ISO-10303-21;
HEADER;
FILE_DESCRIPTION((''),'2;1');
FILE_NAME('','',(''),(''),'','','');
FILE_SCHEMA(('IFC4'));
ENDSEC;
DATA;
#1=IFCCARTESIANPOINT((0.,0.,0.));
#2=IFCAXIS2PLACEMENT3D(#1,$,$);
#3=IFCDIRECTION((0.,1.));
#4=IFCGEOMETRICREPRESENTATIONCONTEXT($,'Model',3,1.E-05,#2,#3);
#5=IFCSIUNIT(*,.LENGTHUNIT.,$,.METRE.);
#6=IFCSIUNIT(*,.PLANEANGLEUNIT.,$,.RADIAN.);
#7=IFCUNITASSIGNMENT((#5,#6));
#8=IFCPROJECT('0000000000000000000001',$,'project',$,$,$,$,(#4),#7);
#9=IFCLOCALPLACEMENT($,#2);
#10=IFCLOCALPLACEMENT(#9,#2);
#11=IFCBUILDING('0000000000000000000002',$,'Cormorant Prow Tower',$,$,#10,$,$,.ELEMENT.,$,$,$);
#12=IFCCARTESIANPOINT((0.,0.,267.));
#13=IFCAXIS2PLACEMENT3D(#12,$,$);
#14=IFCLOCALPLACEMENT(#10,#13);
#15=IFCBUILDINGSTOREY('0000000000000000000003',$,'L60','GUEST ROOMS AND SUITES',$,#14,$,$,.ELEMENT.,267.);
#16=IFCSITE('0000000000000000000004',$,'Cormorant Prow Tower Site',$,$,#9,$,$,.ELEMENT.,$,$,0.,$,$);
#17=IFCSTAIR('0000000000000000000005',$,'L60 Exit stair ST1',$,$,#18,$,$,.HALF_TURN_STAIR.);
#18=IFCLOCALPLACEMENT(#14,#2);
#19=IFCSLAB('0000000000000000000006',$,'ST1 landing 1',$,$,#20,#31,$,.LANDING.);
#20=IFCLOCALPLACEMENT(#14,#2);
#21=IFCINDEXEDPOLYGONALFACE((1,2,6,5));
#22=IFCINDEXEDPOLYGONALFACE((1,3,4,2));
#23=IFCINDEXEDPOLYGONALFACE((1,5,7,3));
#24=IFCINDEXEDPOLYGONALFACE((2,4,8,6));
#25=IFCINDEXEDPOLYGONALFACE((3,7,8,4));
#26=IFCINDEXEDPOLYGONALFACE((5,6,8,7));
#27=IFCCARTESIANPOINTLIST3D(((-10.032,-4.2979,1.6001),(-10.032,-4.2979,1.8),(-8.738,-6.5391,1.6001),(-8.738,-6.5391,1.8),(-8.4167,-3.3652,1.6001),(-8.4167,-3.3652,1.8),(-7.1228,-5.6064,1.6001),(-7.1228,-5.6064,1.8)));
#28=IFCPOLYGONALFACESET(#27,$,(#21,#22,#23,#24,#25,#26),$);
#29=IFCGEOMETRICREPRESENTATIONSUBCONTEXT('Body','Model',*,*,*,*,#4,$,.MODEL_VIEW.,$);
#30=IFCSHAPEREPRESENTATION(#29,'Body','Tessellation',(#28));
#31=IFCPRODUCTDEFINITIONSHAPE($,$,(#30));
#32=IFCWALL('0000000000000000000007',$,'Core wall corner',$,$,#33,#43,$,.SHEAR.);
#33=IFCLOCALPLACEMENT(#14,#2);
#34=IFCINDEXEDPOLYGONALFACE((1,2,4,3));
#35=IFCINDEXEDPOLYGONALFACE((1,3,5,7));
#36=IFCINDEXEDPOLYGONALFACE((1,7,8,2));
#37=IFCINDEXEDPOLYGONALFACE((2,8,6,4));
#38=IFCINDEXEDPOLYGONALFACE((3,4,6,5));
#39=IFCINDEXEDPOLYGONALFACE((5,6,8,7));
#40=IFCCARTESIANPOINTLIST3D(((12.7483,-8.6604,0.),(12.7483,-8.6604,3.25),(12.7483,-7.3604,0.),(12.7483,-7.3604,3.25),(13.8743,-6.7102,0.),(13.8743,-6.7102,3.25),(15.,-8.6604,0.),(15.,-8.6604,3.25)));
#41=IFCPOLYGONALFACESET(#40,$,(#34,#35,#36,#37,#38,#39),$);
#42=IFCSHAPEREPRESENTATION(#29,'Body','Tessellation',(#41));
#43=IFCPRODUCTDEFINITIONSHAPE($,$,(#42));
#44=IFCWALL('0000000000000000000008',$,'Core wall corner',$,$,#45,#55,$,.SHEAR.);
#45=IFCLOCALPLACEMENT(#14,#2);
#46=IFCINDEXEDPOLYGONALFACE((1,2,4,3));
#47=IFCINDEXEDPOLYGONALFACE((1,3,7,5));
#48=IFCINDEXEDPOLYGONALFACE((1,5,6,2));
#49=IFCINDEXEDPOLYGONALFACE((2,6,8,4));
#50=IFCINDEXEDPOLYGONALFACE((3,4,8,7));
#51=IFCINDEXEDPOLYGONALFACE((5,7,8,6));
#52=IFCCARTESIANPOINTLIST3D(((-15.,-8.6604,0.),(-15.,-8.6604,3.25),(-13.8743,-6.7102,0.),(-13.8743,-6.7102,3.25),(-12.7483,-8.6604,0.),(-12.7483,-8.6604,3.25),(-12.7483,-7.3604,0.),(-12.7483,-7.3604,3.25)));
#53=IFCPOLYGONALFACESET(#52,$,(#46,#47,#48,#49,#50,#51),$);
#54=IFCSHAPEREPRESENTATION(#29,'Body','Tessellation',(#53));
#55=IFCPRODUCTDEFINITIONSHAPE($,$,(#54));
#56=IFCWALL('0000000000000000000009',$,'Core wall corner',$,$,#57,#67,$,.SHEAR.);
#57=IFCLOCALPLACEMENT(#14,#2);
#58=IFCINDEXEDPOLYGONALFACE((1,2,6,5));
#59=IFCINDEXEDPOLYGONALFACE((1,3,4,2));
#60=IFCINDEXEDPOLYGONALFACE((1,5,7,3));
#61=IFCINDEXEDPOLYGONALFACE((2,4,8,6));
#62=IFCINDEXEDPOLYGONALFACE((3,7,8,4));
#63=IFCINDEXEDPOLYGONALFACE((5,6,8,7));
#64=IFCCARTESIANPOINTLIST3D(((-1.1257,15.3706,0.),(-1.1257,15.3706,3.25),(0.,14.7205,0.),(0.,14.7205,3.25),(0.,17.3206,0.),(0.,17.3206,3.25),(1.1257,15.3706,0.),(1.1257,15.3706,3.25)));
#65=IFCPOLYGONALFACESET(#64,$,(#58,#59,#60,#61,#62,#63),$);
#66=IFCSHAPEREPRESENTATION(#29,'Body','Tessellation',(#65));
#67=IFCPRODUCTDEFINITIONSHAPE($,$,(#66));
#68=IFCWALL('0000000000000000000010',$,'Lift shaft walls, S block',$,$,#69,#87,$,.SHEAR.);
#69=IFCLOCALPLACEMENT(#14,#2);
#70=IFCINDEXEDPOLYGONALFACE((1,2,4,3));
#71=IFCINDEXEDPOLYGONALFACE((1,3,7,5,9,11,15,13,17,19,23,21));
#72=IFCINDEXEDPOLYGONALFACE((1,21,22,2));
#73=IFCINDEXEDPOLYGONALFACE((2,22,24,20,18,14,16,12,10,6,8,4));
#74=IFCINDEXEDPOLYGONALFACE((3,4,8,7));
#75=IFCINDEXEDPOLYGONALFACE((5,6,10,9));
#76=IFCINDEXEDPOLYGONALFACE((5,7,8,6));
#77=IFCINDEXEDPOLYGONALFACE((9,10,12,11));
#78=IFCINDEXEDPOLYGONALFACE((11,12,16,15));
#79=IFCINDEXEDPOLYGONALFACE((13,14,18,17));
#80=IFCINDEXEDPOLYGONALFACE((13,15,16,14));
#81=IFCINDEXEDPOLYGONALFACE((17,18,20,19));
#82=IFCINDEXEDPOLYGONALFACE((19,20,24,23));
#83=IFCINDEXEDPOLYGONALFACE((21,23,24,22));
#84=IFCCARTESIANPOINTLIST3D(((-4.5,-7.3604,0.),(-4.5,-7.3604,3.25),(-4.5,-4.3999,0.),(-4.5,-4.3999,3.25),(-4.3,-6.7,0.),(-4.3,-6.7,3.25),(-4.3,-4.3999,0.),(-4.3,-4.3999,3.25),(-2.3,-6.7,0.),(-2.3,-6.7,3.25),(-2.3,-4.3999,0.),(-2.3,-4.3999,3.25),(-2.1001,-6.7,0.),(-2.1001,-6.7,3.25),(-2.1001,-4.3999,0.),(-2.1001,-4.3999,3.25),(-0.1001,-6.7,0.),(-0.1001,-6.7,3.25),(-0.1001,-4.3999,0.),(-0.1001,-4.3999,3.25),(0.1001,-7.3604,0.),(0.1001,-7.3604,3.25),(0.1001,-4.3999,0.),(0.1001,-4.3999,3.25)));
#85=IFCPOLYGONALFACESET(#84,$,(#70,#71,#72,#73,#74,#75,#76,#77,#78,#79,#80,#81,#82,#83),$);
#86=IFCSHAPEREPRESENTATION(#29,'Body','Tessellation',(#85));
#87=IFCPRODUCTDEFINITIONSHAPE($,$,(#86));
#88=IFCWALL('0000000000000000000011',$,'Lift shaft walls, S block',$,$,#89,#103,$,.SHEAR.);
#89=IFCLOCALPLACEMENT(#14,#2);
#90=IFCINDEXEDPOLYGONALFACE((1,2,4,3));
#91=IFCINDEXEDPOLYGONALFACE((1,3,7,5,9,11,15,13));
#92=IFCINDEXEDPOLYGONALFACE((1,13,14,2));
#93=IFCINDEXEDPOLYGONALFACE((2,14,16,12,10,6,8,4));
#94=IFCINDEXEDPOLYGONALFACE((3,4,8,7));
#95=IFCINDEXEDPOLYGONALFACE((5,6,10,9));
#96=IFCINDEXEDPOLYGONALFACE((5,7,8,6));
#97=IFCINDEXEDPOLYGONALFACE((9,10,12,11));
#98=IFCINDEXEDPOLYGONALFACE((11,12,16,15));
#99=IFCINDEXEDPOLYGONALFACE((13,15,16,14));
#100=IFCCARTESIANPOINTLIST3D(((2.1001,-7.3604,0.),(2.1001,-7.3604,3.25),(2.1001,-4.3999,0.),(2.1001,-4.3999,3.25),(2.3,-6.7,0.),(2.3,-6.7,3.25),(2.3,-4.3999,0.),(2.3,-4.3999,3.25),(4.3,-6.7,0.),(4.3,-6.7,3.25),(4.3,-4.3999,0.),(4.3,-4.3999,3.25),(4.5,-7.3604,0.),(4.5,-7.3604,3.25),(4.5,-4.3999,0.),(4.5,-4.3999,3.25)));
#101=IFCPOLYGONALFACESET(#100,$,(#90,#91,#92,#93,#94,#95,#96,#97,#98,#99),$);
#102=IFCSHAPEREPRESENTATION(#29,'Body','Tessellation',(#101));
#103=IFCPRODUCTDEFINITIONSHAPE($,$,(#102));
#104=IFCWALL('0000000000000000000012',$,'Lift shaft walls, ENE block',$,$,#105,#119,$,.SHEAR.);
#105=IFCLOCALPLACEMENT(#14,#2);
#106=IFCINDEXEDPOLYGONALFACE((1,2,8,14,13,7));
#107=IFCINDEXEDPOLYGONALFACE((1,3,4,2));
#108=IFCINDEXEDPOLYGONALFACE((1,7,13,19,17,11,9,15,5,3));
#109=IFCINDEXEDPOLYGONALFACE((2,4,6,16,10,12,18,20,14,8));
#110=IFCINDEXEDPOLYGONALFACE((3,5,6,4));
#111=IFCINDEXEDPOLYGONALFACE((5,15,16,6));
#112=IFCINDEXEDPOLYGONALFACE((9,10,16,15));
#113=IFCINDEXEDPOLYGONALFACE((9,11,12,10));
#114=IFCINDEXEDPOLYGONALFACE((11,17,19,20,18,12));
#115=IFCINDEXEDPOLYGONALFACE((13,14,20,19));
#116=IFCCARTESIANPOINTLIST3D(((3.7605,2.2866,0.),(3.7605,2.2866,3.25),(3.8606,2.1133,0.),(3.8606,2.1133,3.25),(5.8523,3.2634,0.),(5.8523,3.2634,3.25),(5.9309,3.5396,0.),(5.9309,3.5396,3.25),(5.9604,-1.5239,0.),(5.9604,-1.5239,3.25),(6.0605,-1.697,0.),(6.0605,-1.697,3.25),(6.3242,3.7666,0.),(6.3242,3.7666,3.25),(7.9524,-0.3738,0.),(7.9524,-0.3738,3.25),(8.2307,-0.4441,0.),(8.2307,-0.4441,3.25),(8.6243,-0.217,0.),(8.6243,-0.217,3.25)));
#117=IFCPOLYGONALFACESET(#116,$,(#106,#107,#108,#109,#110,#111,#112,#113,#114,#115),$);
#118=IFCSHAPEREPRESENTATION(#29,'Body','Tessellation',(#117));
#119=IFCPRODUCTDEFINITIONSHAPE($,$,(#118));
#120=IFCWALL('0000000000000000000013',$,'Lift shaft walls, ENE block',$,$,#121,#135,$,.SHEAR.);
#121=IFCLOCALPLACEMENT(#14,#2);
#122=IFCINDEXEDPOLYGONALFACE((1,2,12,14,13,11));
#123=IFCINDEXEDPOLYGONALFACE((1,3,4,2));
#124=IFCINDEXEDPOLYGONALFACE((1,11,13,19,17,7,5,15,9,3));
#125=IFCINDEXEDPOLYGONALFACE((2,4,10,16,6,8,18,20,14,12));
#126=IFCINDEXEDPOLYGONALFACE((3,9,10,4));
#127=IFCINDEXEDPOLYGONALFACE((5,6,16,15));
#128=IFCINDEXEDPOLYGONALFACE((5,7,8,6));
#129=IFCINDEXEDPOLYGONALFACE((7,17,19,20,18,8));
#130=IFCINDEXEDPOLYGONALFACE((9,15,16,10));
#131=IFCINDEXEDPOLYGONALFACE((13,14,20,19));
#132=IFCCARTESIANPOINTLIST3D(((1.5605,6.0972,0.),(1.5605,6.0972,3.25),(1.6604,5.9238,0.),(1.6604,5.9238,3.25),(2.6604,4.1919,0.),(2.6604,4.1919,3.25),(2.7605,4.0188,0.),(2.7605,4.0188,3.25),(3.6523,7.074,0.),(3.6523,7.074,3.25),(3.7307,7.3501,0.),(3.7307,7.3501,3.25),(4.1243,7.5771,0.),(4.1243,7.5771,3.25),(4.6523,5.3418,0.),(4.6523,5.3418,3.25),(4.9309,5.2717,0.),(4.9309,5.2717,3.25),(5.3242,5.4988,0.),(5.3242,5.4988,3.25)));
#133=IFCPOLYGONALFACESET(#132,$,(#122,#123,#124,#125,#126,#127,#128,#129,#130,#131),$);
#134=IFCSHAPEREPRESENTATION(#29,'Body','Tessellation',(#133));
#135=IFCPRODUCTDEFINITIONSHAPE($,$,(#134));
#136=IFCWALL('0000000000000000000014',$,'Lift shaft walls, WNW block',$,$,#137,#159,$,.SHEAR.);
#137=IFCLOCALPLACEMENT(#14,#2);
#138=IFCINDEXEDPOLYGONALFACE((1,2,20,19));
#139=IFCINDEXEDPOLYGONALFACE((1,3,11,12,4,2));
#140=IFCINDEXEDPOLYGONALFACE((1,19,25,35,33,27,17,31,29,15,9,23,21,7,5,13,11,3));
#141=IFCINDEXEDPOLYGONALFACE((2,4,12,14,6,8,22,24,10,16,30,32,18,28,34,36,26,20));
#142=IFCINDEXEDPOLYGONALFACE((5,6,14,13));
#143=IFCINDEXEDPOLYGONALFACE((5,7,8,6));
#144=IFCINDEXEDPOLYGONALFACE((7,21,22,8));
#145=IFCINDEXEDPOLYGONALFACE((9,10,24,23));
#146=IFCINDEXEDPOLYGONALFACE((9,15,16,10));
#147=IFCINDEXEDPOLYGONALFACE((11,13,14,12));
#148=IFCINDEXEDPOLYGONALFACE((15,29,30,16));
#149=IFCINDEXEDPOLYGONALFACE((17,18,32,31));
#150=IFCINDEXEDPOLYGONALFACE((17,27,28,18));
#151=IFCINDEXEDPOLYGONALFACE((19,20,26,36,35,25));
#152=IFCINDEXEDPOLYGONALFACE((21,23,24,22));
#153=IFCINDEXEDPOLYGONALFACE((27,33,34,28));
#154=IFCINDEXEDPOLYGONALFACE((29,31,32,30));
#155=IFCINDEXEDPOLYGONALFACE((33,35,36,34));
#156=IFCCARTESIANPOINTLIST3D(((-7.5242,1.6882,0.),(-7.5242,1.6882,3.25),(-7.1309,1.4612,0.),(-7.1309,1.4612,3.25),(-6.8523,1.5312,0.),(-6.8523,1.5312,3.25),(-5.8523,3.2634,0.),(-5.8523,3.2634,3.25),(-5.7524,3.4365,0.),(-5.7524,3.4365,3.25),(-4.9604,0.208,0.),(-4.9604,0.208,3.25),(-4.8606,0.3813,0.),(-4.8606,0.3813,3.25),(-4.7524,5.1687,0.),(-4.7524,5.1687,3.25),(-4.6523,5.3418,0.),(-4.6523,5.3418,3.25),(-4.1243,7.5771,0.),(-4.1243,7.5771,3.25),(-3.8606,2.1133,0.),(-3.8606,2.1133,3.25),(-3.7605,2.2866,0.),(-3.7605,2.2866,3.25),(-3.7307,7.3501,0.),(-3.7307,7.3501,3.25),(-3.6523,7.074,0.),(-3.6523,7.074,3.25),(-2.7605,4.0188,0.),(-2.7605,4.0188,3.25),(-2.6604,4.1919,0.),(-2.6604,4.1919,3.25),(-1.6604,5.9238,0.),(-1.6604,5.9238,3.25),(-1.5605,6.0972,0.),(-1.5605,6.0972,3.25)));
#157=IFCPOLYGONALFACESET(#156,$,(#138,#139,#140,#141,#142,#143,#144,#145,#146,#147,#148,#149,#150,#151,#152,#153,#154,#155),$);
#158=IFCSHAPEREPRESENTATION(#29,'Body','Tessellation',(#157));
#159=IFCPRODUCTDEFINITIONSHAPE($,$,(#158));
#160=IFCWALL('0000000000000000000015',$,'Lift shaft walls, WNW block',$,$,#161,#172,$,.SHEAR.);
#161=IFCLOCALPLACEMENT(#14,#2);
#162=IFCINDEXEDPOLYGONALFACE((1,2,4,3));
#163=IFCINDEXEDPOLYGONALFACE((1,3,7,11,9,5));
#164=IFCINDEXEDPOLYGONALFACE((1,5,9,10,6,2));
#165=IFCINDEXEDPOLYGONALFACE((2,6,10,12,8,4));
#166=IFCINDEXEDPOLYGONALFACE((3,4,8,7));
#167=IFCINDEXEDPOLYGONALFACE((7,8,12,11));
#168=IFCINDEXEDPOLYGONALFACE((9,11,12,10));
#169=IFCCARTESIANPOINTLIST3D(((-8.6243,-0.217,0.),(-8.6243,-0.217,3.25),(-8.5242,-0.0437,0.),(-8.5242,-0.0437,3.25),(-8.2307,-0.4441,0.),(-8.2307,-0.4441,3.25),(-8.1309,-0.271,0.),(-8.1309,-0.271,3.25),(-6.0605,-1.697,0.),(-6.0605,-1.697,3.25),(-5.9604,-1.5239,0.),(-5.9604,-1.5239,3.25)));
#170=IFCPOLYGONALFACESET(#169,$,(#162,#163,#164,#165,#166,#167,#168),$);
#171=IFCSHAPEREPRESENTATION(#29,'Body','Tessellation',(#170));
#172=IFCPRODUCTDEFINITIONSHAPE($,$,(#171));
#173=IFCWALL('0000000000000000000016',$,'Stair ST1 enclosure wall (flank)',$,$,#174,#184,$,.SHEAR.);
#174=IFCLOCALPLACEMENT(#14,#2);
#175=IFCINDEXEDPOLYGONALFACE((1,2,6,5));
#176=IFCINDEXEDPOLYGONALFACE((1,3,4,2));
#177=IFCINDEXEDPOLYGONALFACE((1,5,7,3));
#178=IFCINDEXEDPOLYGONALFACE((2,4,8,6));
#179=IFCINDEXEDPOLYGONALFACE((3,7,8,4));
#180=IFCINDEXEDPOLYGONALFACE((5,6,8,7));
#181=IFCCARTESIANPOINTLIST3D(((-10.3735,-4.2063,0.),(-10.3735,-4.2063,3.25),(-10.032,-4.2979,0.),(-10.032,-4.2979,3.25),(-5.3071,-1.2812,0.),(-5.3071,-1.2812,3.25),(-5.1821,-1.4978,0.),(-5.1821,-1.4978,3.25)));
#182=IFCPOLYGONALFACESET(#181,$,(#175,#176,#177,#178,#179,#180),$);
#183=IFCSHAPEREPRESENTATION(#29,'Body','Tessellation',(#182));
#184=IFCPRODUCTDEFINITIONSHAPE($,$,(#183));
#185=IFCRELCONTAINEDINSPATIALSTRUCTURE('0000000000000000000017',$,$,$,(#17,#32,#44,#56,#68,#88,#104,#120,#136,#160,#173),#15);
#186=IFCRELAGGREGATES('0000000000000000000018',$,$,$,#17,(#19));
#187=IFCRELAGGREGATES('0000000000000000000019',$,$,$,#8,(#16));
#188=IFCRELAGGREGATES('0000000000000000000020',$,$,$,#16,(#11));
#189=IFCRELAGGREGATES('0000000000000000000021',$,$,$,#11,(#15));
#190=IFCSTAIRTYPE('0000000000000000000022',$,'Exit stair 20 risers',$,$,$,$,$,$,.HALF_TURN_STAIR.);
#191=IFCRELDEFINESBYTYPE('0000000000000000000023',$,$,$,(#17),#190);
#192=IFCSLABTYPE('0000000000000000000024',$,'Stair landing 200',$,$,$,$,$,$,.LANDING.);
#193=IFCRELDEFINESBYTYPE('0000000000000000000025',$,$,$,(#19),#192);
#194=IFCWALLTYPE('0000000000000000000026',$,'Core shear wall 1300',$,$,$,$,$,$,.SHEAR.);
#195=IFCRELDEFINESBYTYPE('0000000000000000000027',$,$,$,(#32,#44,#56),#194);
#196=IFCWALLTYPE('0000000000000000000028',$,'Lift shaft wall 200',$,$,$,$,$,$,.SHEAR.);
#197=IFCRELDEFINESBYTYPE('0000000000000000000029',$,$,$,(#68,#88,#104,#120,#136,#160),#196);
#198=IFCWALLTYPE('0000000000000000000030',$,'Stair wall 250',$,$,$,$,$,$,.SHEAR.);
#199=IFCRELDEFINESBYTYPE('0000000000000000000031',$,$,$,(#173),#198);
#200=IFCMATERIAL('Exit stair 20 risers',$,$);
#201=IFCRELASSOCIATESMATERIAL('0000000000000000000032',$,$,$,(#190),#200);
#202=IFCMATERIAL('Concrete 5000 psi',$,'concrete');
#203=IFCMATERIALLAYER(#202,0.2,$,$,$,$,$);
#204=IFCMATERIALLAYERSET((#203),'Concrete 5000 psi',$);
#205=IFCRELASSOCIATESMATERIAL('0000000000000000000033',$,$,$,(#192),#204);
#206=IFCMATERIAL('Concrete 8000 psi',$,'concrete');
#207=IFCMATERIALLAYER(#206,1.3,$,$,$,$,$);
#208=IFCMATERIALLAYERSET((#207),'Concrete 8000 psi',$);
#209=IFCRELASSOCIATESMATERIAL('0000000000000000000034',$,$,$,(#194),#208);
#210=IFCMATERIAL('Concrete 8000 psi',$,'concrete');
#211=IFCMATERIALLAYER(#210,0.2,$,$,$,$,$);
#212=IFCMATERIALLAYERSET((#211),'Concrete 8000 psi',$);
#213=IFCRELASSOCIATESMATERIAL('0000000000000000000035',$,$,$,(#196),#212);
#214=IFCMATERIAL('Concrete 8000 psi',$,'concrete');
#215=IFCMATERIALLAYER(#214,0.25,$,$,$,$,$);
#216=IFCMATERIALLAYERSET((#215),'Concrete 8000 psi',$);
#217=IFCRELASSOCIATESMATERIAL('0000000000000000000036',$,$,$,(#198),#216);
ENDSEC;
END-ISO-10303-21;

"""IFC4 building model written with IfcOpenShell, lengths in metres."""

from ifc_helpers import new_model, si_unit, direction, frame, origin, place, context, subcontext, project, spatial, polyline, outline, extrude, material, layer, layer_set, type_object, element, aggregate, save


model = new_model("IFC4")

# Units and contexts
model_context = context("Model", 3, precision=1e-05, world=origin(), true_north=direction((0.0, 1.0)))
body_context = subcontext(model_context, "Body", "Model", "MODEL_VIEW")
ifc_project = project(units=[si_unit("LENGTHUNIT", "METRE"), si_unit("PLANEANGLEUNIT", "RADIAN")], contexts=[model_context])

# Site, building, storey
site_placement = place(None, origin())
site = spatial("IfcSite", under=ifc_project, at=site_placement, Name="Cormorant Prow Tower Site", CompositionType="ELEMENT", RefElevation=0.0)
building_placement = place(site_placement, origin())
building = spatial("IfcBuilding", under=site, at=building_placement, Name="Cormorant Prow Tower", CompositionType="ELEMENT")
storey_placement = place(building_placement, frame((0.0, 0.0, 267.0)))
storey = spatial("IfcBuildingStorey", under=building, at=storey_placement, Name="L60", Description="GUEST ROOMS AND SUITES", CompositionType="ELEMENT", Elevation=267.0)

# Stair, slab
ifc_material_1 = material(Name="Exit stair 20 risers")
stair_type = type_object("IfcStairType", Name="Exit stair 20 risers", PredefinedType="HALF_TURN_STAIR", material=ifc_material_1)
stair_placement = place(storey_placement, origin())
stair = element("IfcStair", 1, at=stair_placement, inside=storey, type_object=stair_type, Name="L60 Exit stair ST1", PredefinedType="HALF_TURN_STAIR")
ifc_material_2 = material(Name="Concrete 5000 psi", Category="concrete")
ifc_layer_1 = layer(ifc_material_2, 0.2)
ifc_layer_set_1 = layer_set([ifc_layer_1], Name="Concrete 5000 psi")
slab_type = type_object("IfcSlabType", Name="Stair landing 200", PredefinedType="LANDING", material=ifc_layer_set_1)
slab_placement = place(storey_placement, frame((0.0, 0.0, 1.6001)))
slab = element("IfcSlab", 2, at=slab_placement, type_object=slab_type, Name="ST1 landing 1", PredefinedType="LANDING", context=body_context, shape_type="SweptSolid", body=[
    extrude(outline(polyline([(-8.4167, -3.3652), (-10.032, -4.2979), (-8.738, -6.5391), (-7.1228, -5.6064), (-8.4167, -3.3652)])), origin(), (0.0, 0.0, 1.0), 0.2),
])
aggregate(stair, [slab])

# Walls
ifc_material_3 = material(Name="Concrete 8000 psi", Category="concrete")
ifc_layer_2 = layer(ifc_material_3, 1.3)
ifc_layer_set_2 = layer_set([ifc_layer_2], Name="Concrete 8000 psi")
wall_type_1 = type_object("IfcWallType", Name="Core shear wall 1300", PredefinedType="SHEAR", material=ifc_layer_set_2)
wall_1_placement = place(storey_placement, origin())
element("IfcWall", 3, at=wall_1_placement, inside=storey, type_object=wall_type_1, Name="Core wall corner", PredefinedType="SHEAR", context=body_context, shape_type="SweptSolid", body=[
    extrude(outline(polyline([(12.7483, -8.6604), (12.7483, -7.3604), (13.8743, -6.7102), (15.0, -8.6604), (12.7483, -8.6604)])), origin(), (0.0, 0.0, 1.0), 3.25),
])
wall_2_placement = place(storey_placement, origin())
element("IfcWall", 4, at=wall_2_placement, inside=storey, type_object=wall_type_1, Name="Core wall corner", PredefinedType="SHEAR", context=body_context, shape_type="SweptSolid", body=[
    extrude(outline(polyline([(-13.8743, -6.7102), (-12.7483, -7.3604), (-12.7483, -8.6604), (-15.0, -8.6604), (-13.8743, -6.7102)])), origin(), (0.0, 0.0, 1.0), 3.25),
])
wall_3_placement = place(storey_placement, origin())
element("IfcWall", 5, at=wall_3_placement, inside=storey, type_object=wall_type_1, Name="Core wall corner", PredefinedType="SHEAR", context=body_context, shape_type="SweptSolid", body=[
    extrude(outline(polyline([(-1.1257, 15.3706), (0.0, 17.3206), (1.1257, 15.3706), (0.0, 14.7205), (-1.1257, 15.3706)])), origin(), (0.0, 0.0, 1.0), 3.25),
])
ifc_material_4 = material(Name="Concrete 8000 psi", Category="concrete")
ifc_layer_3 = layer(ifc_material_4, 0.2)
ifc_layer_set_3 = layer_set([ifc_layer_3], Name="Concrete 8000 psi")
wall_type_2 = type_object("IfcWallType", Name="Lift shaft wall 200", PredefinedType="SHEAR", material=ifc_layer_set_3)
wall_4_placement = place(storey_placement, origin())
element("IfcWall", 6, at=wall_4_placement, inside=storey, type_object=wall_type_2, Name="Lift shaft walls, S block", PredefinedType="SHEAR", context=body_context, shape_type="SweptSolid", body=[
    extrude(outline(polyline([(0.1001, -7.3604), (-4.5, -7.3604), (-4.5, -4.3999), (-4.3, -4.3999), (-4.3, -6.7), (-2.3, -6.7), (-2.3, -4.3999), (-2.1001, -4.3999), (-2.1001, -6.7), (-0.1001, -6.7), (-0.1001, -4.3999), (0.1001, -4.3999), (0.1001, -7.3604)])), origin(), (0.0, 0.0, 1.0), 3.25),
])
wall_5_placement = place(storey_placement, origin())
element("IfcWall", 7, at=wall_5_placement, inside=storey, type_object=wall_type_2, Name="Lift shaft walls, S block", PredefinedType="SHEAR", context=body_context, shape_type="SweptSolid", body=[
    extrude(outline(polyline([(2.1001, -7.3604), (2.1001, -4.3999), (2.3, -4.3999), (2.3, -6.7), (4.3, -6.7), (4.3, -4.3999), (4.5, -4.3999), (4.5, -7.3604), (2.1001, -7.3604)])), origin(), (0.0, 0.0, 1.0), 3.25),
])
wall_6_placement = place(storey_placement, origin())
element("IfcWall", 8, at=wall_6_placement, inside=storey, type_object=wall_type_2, Name="Lift shaft walls, ENE block", PredefinedType="SHEAR", context=body_context, shape_type="SweptSolid", body=[
    extrude(outline(polyline([(6.3242, 3.7666), (8.6243, -0.217), (8.2307, -0.4441), (6.0605, -1.697), (5.9604, -1.5239), (7.9524, -0.3738), (5.8523, 3.2634), (3.8606, 2.1133), (3.7605, 2.2866), (5.9309, 3.5396), (6.3242, 3.7666)])), origin(), (0.0, 0.0, 1.0), 3.25),
])
wall_7_placement = place(storey_placement, origin())
element("IfcWall", 9, at=wall_7_placement, inside=storey, type_object=wall_type_2, Name="Lift shaft walls, ENE block", PredefinedType="SHEAR", context=body_context, shape_type="SweptSolid", body=[
    extrude(outline(polyline([(5.3242, 5.4988), (4.9309, 5.2717), (2.7605, 4.0188), (2.6604, 4.1919), (4.6523, 5.3418), (3.6523, 7.074), (1.6604, 5.9238), (1.5605, 6.0972), (3.7307, 7.3501), (4.1243, 7.5771), (5.3242, 5.4988)])), origin(), (0.0, 0.0, 1.0), 3.25),
])
wall_8_placement = place(storey_placement, origin())
element("IfcWall", 10, at=wall_8_placement, inside=storey, type_object=wall_type_2, Name="Lift shaft walls, WNW block", PredefinedType="SHEAR", context=body_context, shape_type="SweptSolid", body=[
    extrude(outline(polyline([(-7.5242, 1.6882), (-4.1243, 7.5771), (-3.7307, 7.3501), (-1.5605, 6.0972), (-1.6604, 5.9238), (-3.6523, 7.074), (-4.6523, 5.3418), (-2.6604, 4.1919), (-2.7605, 4.0188), (-4.7524, 5.1687), (-5.7524, 3.4365), (-3.7605, 2.2866), (-3.8606, 2.1133), (-5.8523, 3.2634), (-6.8523, 1.5312), (-4.8606, 0.3813), (-4.9604, 0.208), (-7.1309, 1.4612), (-7.5242, 1.6882)])), origin(), (0.0, 0.0, 1.0), 3.25),
])
wall_9_placement = place(storey_placement, origin())
element("IfcWall", 11, at=wall_9_placement, inside=storey, type_object=wall_type_2, Name="Lift shaft walls, WNW block", PredefinedType="SHEAR", context=body_context, shape_type="SweptSolid", body=[
    extrude(outline(polyline([(-8.5242, -0.0437), (-8.1309, -0.271), (-5.9604, -1.5239), (-6.0605, -1.697), (-8.2307, -0.4441), (-8.6243, -0.217), (-8.5242, -0.0437)])), origin(), (0.0, 0.0, 1.0), 3.25),
])
ifc_material_5 = material(Name="Concrete 8000 psi", Category="concrete")
ifc_layer_4 = layer(ifc_material_5, 0.25)
ifc_layer_set_4 = layer_set([ifc_layer_4], Name="Concrete 8000 psi")
wall_type_3 = type_object("IfcWallType", Name="Stair wall 250", PredefinedType="SHEAR", material=ifc_layer_set_4)
wall_10_placement = place(storey_placement, origin())
element("IfcWall", 12, at=wall_10_placement, inside=storey, type_object=wall_type_3, Name="Stair ST1 enclosure wall (flank)", PredefinedType="SHEAR", context=body_context, shape_type="SweptSolid", body=[
    extrude(outline(polyline([(-5.3071, -1.2812), (-10.3735, -4.2063), (-10.032, -4.2979), (-5.1821, -1.4978), (-5.3071, -1.2812)])), origin(), (0.0, 0.0, 1.0), 3.25),
])

save(model, "model.ifc")
